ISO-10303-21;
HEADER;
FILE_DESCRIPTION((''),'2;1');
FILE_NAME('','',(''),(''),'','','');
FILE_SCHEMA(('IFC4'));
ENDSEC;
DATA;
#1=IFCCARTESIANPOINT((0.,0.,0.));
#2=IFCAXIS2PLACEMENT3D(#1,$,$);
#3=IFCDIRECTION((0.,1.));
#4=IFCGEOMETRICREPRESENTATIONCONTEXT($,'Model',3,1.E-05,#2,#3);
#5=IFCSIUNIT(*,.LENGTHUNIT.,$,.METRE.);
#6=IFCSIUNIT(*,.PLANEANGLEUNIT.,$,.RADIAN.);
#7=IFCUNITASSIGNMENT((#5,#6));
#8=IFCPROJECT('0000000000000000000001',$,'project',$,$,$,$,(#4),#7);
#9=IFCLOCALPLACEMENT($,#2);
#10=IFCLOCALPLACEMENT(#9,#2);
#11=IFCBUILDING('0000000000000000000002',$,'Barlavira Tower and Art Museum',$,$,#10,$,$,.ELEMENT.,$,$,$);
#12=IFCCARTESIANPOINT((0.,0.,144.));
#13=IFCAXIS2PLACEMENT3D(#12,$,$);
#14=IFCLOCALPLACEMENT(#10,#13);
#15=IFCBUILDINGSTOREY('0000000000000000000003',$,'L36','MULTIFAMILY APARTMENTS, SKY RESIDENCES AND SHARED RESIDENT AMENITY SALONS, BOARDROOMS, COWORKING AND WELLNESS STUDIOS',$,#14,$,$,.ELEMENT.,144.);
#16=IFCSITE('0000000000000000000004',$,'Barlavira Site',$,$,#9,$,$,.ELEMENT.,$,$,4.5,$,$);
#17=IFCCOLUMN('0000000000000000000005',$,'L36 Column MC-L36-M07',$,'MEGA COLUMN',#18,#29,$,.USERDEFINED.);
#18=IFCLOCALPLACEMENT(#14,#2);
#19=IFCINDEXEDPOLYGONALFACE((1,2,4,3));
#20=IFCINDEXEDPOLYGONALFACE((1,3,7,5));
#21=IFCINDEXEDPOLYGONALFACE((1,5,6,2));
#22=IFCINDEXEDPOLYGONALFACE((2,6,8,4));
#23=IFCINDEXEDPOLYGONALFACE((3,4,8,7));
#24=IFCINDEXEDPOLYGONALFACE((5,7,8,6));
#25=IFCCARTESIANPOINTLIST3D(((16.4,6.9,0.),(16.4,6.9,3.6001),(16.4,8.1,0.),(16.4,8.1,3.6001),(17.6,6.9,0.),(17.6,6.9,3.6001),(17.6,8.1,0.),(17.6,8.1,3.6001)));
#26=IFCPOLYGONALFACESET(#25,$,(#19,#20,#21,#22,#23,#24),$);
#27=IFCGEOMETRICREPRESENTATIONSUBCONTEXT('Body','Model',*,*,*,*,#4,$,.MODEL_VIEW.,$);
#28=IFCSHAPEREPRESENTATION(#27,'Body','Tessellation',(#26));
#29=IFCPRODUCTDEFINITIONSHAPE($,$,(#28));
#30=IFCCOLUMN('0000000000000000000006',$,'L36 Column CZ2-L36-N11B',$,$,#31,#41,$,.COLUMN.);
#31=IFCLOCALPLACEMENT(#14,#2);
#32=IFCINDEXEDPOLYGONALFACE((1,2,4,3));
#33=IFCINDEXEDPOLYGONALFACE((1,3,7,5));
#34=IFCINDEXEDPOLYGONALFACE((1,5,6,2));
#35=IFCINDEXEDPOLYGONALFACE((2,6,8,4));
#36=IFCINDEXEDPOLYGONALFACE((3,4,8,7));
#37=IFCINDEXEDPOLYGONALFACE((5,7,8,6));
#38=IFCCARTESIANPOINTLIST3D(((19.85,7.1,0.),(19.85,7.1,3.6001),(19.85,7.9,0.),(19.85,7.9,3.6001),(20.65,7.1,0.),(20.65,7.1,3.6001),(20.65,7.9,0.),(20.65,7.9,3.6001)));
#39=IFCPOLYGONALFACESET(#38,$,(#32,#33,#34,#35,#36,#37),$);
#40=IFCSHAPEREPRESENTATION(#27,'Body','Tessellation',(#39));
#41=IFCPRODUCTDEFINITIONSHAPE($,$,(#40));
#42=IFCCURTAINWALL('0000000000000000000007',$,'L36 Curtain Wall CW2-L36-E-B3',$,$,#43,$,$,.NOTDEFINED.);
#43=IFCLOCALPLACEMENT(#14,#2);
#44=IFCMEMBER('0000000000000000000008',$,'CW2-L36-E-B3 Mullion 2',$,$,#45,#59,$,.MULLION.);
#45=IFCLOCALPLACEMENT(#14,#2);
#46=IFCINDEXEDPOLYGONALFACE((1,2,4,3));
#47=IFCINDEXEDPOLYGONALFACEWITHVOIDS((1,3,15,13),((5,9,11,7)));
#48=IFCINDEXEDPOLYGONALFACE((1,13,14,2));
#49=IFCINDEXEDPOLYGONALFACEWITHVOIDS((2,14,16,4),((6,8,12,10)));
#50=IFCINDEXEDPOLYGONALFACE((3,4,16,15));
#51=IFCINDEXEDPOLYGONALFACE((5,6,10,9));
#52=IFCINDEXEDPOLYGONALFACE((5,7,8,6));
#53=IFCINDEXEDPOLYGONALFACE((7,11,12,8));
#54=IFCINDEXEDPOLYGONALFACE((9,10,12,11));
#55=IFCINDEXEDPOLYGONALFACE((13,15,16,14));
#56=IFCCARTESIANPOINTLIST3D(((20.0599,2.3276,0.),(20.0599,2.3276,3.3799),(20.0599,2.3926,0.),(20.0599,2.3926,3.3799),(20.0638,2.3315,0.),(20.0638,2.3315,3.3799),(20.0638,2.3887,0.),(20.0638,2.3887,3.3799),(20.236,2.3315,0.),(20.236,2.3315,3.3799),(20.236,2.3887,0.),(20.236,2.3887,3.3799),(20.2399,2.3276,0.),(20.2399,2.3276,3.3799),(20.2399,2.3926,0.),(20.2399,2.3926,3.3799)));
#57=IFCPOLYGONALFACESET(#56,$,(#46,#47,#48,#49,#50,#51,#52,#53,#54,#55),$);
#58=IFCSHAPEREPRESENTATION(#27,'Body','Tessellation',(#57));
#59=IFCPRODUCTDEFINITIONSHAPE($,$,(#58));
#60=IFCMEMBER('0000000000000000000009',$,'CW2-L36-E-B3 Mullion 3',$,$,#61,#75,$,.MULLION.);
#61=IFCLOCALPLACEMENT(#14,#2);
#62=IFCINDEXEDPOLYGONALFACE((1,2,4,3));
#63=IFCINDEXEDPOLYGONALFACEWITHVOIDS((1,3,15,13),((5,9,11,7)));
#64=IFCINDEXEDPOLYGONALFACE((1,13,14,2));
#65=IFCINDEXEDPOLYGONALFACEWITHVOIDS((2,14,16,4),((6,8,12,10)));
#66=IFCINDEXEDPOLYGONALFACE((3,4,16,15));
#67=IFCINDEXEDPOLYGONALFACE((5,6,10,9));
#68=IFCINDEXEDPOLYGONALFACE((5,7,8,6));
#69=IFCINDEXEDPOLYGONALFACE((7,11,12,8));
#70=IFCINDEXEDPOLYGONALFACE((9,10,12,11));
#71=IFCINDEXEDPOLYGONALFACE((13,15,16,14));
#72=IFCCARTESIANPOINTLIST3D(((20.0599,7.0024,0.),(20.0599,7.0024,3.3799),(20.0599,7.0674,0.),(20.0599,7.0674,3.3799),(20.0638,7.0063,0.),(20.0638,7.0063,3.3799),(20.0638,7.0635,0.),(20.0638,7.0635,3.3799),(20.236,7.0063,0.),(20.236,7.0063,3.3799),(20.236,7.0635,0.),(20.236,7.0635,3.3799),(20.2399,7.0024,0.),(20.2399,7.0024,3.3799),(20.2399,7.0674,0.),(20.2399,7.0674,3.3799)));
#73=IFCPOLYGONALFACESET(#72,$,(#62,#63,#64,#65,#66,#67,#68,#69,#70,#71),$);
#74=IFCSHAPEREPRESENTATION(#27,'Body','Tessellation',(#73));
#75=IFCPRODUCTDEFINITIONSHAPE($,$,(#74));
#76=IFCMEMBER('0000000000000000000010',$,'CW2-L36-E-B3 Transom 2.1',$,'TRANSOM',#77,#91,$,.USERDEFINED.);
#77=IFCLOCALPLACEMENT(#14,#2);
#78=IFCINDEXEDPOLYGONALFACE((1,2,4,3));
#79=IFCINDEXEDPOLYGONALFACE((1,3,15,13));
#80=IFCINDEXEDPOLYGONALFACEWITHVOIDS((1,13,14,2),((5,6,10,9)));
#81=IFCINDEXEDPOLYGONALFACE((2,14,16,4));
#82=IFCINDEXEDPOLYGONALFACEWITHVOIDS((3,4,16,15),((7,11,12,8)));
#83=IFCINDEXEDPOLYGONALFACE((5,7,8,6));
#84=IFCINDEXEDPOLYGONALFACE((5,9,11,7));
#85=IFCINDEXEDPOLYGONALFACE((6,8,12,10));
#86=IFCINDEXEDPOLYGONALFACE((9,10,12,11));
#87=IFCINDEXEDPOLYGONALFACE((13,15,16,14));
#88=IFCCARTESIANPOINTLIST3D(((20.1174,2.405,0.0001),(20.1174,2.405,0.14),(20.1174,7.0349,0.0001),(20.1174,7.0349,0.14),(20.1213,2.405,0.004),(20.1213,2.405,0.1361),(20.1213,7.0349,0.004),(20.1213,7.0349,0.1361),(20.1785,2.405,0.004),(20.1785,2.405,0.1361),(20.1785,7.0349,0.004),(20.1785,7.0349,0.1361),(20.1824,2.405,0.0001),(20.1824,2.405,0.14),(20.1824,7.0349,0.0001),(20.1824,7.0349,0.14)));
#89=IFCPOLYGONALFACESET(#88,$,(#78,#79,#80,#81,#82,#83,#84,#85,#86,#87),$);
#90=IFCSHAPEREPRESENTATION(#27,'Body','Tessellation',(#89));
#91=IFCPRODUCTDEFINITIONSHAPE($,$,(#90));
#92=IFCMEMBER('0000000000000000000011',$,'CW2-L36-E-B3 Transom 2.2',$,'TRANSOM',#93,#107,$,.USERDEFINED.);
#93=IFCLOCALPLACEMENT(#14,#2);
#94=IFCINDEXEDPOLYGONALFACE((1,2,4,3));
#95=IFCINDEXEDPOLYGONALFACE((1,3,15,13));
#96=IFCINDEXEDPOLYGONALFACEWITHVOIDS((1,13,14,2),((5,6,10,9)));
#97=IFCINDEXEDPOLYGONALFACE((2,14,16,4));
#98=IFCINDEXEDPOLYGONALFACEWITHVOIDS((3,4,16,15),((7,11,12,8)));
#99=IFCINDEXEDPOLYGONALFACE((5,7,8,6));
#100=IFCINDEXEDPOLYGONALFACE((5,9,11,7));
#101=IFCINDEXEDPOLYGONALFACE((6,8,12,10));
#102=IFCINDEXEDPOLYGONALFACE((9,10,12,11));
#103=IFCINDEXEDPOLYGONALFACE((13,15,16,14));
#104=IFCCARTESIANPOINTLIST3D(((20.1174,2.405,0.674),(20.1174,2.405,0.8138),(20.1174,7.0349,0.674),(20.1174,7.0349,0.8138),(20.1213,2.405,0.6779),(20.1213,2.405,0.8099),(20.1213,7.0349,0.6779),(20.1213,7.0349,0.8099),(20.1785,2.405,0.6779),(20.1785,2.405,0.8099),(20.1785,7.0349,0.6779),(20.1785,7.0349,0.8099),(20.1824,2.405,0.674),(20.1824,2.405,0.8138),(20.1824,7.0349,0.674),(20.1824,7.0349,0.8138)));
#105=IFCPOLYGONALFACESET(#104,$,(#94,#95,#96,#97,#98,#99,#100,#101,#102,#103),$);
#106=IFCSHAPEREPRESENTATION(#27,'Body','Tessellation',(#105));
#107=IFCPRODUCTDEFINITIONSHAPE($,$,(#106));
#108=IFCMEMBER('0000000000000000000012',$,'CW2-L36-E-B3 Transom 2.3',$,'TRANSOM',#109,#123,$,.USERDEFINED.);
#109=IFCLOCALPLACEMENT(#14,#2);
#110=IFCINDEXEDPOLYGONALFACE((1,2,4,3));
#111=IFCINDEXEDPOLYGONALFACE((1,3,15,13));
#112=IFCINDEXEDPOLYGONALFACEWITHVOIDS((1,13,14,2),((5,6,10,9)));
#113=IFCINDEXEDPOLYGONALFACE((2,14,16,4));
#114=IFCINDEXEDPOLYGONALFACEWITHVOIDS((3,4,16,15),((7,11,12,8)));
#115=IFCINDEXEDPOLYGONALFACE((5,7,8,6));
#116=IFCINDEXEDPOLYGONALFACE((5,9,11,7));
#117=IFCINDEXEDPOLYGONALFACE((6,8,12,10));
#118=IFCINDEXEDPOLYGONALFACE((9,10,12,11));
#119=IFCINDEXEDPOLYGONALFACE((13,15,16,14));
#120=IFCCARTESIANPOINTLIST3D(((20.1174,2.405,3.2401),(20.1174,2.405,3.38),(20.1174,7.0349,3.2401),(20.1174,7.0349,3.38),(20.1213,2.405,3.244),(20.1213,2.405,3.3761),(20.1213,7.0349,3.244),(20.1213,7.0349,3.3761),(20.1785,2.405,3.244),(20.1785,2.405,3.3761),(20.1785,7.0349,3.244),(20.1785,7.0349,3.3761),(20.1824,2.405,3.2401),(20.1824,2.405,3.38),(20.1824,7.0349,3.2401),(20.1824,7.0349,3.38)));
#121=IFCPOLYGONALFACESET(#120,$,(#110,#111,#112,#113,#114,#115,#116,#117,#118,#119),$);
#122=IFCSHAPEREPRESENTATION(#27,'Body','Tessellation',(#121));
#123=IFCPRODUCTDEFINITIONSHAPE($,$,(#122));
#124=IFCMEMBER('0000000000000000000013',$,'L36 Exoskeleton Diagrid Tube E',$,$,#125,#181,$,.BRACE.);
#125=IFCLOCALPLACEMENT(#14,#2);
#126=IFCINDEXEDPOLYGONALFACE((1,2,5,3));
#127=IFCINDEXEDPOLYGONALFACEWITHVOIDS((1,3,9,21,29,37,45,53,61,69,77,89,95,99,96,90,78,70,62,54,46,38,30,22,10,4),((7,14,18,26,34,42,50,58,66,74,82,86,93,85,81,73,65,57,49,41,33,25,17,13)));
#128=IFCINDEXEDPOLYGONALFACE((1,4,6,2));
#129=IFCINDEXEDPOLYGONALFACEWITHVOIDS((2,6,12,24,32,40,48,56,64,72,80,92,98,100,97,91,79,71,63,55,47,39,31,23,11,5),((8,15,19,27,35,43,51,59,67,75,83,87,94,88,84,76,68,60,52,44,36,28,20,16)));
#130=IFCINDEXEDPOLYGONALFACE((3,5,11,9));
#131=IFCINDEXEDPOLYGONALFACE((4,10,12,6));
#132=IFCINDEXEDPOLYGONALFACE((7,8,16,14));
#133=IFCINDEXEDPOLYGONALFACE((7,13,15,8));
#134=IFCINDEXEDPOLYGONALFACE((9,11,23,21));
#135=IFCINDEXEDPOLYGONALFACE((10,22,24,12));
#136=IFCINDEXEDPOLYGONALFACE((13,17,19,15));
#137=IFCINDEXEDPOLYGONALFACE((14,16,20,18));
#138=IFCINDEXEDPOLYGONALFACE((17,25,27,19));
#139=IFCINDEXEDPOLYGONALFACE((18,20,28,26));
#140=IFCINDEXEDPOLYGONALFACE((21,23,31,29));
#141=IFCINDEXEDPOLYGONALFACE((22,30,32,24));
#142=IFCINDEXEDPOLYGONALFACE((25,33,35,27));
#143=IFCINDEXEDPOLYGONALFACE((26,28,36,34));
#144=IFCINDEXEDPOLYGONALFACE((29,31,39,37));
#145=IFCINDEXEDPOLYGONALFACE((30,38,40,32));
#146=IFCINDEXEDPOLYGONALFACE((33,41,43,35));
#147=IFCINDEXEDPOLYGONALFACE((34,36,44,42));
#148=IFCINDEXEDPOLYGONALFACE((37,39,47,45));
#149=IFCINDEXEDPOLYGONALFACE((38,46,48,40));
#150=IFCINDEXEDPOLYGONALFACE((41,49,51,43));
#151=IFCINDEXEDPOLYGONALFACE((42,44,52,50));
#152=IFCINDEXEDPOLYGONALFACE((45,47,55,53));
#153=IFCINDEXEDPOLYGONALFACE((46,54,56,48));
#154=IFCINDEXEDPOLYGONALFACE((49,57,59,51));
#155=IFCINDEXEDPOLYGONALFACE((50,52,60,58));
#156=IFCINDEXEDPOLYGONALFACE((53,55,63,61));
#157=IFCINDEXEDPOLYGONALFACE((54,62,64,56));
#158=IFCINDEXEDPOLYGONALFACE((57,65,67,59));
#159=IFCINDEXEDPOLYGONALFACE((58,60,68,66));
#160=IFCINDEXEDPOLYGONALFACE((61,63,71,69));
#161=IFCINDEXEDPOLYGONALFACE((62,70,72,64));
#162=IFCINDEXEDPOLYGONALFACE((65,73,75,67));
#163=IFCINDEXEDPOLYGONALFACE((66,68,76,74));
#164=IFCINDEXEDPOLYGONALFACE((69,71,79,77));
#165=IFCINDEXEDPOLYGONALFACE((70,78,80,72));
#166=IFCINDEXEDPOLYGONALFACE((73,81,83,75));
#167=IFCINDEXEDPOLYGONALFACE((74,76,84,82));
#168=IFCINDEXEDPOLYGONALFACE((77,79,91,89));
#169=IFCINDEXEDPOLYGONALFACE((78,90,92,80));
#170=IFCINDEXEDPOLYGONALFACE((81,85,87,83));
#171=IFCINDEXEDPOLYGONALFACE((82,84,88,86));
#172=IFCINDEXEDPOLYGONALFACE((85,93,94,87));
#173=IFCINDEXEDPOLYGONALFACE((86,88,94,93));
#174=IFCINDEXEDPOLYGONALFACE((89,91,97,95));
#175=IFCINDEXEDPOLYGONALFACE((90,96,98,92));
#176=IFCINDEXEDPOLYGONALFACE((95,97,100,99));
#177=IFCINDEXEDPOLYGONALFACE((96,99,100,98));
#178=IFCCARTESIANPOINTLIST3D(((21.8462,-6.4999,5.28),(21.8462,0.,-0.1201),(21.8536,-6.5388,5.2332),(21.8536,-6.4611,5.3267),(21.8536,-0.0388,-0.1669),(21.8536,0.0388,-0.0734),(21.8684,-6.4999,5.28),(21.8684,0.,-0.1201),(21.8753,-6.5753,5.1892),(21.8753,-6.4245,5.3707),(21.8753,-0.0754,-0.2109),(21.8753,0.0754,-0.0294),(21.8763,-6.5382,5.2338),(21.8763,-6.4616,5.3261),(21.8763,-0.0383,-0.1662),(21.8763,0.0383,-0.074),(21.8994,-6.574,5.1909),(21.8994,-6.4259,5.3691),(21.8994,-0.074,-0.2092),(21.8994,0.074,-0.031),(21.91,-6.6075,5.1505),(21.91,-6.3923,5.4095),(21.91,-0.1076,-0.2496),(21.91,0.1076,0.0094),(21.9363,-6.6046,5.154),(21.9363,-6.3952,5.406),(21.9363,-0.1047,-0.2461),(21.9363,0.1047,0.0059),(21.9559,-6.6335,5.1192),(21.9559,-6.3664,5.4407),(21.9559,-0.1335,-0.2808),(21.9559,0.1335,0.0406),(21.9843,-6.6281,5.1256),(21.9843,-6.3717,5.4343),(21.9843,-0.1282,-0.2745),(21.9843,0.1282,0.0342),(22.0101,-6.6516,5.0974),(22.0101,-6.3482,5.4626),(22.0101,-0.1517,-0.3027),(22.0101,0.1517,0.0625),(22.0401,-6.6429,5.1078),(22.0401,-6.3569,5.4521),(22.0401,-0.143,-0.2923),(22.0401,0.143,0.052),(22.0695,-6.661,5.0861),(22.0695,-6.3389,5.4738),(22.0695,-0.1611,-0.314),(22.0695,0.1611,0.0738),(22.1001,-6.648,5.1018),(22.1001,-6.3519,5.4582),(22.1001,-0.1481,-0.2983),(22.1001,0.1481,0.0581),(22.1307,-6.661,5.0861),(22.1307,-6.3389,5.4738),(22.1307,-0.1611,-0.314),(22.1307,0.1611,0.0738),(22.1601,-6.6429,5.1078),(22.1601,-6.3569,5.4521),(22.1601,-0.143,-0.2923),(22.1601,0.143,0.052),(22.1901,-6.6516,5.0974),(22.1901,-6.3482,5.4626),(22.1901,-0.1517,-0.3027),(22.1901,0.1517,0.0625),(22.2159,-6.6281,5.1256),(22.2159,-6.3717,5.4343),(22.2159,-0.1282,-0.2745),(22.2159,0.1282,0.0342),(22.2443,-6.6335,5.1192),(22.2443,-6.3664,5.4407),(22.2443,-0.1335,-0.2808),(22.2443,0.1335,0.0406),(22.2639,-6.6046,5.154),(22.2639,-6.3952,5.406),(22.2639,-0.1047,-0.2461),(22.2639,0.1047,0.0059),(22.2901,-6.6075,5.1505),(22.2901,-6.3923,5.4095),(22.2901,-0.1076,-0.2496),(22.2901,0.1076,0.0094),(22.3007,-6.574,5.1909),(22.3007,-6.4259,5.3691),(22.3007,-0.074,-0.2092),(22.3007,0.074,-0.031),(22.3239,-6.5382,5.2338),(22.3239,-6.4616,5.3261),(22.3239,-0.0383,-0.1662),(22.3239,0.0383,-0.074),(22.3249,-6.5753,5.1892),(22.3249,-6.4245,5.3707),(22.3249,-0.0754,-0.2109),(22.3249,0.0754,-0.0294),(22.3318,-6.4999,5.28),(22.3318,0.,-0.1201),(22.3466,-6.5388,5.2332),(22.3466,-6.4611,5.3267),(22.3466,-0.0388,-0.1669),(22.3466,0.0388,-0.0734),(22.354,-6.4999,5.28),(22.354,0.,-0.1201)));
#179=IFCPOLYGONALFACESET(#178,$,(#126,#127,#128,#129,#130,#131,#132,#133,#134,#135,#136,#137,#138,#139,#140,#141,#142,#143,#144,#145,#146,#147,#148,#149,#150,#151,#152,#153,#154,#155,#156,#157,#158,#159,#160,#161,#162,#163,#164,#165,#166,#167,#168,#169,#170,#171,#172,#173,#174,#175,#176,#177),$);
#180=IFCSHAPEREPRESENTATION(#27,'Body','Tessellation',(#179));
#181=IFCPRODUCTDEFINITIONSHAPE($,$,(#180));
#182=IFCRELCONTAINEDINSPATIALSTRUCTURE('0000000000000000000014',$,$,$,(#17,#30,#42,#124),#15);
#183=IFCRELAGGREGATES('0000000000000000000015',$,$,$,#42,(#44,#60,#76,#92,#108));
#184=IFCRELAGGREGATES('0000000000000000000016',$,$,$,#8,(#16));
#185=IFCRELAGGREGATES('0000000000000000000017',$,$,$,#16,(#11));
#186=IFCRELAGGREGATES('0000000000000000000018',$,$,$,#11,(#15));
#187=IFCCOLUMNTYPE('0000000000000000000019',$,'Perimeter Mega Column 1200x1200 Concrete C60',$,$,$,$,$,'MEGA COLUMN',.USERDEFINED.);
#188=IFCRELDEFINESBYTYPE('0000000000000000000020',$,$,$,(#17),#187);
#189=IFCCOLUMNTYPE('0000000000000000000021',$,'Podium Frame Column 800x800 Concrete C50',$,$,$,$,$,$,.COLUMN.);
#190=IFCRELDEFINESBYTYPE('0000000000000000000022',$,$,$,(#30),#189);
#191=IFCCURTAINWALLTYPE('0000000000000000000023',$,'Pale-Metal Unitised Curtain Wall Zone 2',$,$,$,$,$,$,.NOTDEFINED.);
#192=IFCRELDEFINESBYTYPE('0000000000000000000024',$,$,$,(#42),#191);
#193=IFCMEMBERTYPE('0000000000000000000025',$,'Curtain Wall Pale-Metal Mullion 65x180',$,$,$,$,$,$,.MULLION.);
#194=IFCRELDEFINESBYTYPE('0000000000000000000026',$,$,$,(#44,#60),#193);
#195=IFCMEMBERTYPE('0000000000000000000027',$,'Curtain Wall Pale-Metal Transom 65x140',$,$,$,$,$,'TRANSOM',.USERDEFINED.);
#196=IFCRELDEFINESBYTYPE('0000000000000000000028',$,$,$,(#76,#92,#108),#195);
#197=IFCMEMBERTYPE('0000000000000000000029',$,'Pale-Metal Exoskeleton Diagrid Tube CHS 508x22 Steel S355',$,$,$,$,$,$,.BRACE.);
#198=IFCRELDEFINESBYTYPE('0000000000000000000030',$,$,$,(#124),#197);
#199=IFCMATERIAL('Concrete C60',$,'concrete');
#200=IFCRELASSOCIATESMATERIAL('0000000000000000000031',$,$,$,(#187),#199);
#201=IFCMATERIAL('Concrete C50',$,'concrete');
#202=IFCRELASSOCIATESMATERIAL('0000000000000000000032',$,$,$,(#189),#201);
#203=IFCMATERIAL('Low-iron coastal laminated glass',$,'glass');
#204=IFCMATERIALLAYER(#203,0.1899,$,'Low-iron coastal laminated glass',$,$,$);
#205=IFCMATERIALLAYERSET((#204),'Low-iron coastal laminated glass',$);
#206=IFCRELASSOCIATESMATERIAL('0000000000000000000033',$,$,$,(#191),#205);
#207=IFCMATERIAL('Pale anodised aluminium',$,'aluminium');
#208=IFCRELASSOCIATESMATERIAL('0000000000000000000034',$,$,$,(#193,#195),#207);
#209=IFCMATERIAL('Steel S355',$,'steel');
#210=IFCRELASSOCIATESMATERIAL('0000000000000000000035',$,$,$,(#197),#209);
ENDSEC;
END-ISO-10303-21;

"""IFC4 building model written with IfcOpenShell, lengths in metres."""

from ifc_helpers import new_model, si_unit, direction, frame, origin, origin_2d, place, context, subcontext, project, spatial, rectangle, hollow_rectangle, hollow_circle, extrude, material, layer, layer_set, material_profile, profile_set, type_object, element, aggregate, save


model = new_model("IFC4")

# Units and contexts
model_context = context("Model", 3, precision=1e-05, world=origin(), true_north=direction((0.0, 1.0)))
body_context = subcontext(model_context, "Body", "Model", "MODEL_VIEW")
ifc_project = project(units=[si_unit("LENGTHUNIT", "METRE"), si_unit("PLANEANGLEUNIT", "RADIAN")], contexts=[model_context])

# Site, building, storey
site_placement = place(None, origin())
site = spatial("IfcSite", under=ifc_project, at=site_placement, Name="Barlavira Site", CompositionType="ELEMENT", RefElevation=4.5)
building_placement = place(site_placement, origin())
building = spatial("IfcBuilding", under=site, at=building_placement, Name="Barlavira Tower and Art Museum", CompositionType="ELEMENT")
storey_placement = place(building_placement, frame((0.0, 0.0, 144.0)))
storey = spatial("IfcBuildingStorey", under=building, at=storey_placement, Name="L36", Description="MULTIFAMILY APARTMENTS, SKY RESIDENCES AND SHARED RESIDENT AMENITY SALONS, BOARDROOMS, COWORKING AND WELLNESS STUDIOS", CompositionType="ELEMENT", Elevation=144.0)

# Columns
ifc_material_1 = material(Name="Concrete C60", Category="concrete")
ifc_material_profile_1 = material_profile(ifc_material_1, rectangle(XDim=1.2, YDim=1.2, at=origin_2d()), Name="RC-COL 1200x1200")
ifc_profile_set_1 = profile_set([ifc_material_profile_1], Name="Concrete C60")
column_type_1 = type_object("IfcColumnType", Name="Perimeter Mega Column 1200x1200 Concrete C60", ElementType="MEGA COLUMN", PredefinedType="USERDEFINED", material=ifc_profile_set_1)
column_1_placement = place(storey_placement, frame((17.0, 7.5, 0.0), z_axis=(0.0, 0.0, 1.0), x_axis=(1.0, 0.0, 0.0)))
element("IfcColumn", 1, at=column_1_placement, inside=storey, type_object=column_type_1, Name="L36 Column MC-L36-M07", ObjectType="MEGA COLUMN", PredefinedType="USERDEFINED", context=body_context, shape_type="SweptSolid", body=[
    extrude(rectangle(XDim=1.2, YDim=1.2, at=origin_2d()), origin(), (0.0, 0.0, 1.0), 3.6001),
])
ifc_material_2 = material(Name="Concrete C50", Category="concrete")
ifc_material_profile_2 = material_profile(ifc_material_2, rectangle(XDim=0.8, YDim=0.8, at=origin_2d()), Name="RC-COL 800x800")
ifc_profile_set_2 = profile_set([ifc_material_profile_2], Name="Concrete C50")
column_type_2 = type_object("IfcColumnType", Name="Podium Frame Column 800x800 Concrete C50", PredefinedType="COLUMN", material=ifc_profile_set_2)
column_2_placement = place(storey_placement, frame((20.25, 7.5, 0.0), z_axis=(0.0, 0.0, 1.0), x_axis=(1.0, 0.0, 0.0)))
element("IfcColumn", 2, at=column_2_placement, inside=storey, type_object=column_type_2, Name="L36 Column CZ2-L36-N11B", PredefinedType="COLUMN", context=body_context, shape_type="SweptSolid", body=[
    extrude(rectangle(XDim=0.8, YDim=0.8, at=origin_2d()), origin(), (0.0, 0.0, 1.0), 3.6001),
])

# Curtain wall, members
ifc_material_3 = material(Name="Low-iron coastal laminated glass", Category="glass")
ifc_layer_1 = layer(ifc_material_3, 0.1899, Name="Low-iron coastal laminated glass")
ifc_layer_set_1 = layer_set([ifc_layer_1], Name="Low-iron coastal laminated glass")
curtain_wall_type = type_object("IfcCurtainWallType", Name="Pale-Metal Unitised Curtain Wall Zone 2", PredefinedType="NOTDEFINED", material=ifc_layer_set_1)
curtain_wall_placement = place(storey_placement, origin())
curtain_wall = element("IfcCurtainWall", 3, at=curtain_wall_placement, inside=storey, type_object=curtain_wall_type, Name="L36 Curtain Wall CW2-L36-E-B3", PredefinedType="NOTDEFINED")
ifc_material_4 = material(Name="Pale anodised aluminium", Category="aluminium")
ifc_material_profile_3 = material_profile(ifc_material_4, hollow_rectangle(XDim=0.0649, YDim=0.1799, WallThickness=0.0039, at=origin_2d()), Name="ALU-MULL 65x180x4")
ifc_profile_set_3 = profile_set([ifc_material_profile_3], Name="Pale anodised aluminium")
member_type_1 = type_object("IfcMemberType", Name="Curtain Wall Pale-Metal Mullion 65x180", PredefinedType="MULLION", material=ifc_profile_set_3)
member_1_placement = place(storey_placement, frame((20.1499, 2.3601, 0.0), z_axis=(0.0, 0.0, 1.0), x_axis=(0.0, 1.0, 0.0)))
member_1 = element("IfcMember", 4, at=member_1_placement, type_object=member_type_1, Name="CW2-L36-E-B3 Mullion 2", PredefinedType="MULLION", context=body_context, shape_type="SweptSolid", body=[
    extrude(hollow_rectangle(XDim=0.0649, YDim=0.1799, WallThickness=0.0039, at=origin_2d()), origin(), (0.0, 0.0, 1.0), 3.3799),
])
member_2_placement = place(storey_placement, frame((20.1499, 7.0349, 0.0), z_axis=(0.0, 0.0, 1.0), x_axis=(0.0, 1.0, 0.0)))
member_2 = element("IfcMember", 5, at=member_2_placement, type_object=member_type_1, Name="CW2-L36-E-B3 Mullion 3", PredefinedType="MULLION", context=body_context, shape_type="SweptSolid", body=[
    extrude(hollow_rectangle(XDim=0.0649, YDim=0.1799, WallThickness=0.0039, at=origin_2d()), origin(), (0.0, 0.0, 1.0), 3.3799),
])
ifc_material_profile_4 = material_profile(ifc_material_4, hollow_rectangle(XDim=0.0649, YDim=0.1399, WallThickness=0.0039, at=origin_2d()), Name="ALU-TRAN 65x140x4")
ifc_profile_set_4 = profile_set([ifc_material_profile_4], Name="Pale anodised aluminium")
member_type_2 = type_object("IfcMemberType", Name="Curtain Wall Pale-Metal Transom 65x140", ElementType="TRANSOM", PredefinedType="USERDEFINED", material=ifc_profile_set_4)
member_3_placement = place(storey_placement, frame((20.1499, 2.405, 0.0701), z_axis=(0.0, 1.0, 0.0), x_axis=(-1.0, 0.0, 0.0)))
member_3 = element("IfcMember", 6, at=member_3_placement, type_object=member_type_2, Name="CW2-L36-E-B3 Transom 2.1", ObjectType="TRANSOM", PredefinedType="USERDEFINED", context=body_context, shape_type="SweptSolid", body=[
    extrude(hollow_rectangle(XDim=0.0649, YDim=0.1399, WallThickness=0.0039, at=origin_2d()), origin(), (0.0, 0.0, 1.0), 4.6299),
])
member_4_placement = place(storey_placement, frame((20.1499, 2.405, 0.7439), z_axis=(0.0, 1.0, 0.0), x_axis=(-1.0, 0.0, 0.0)))
member_4 = element("IfcMember", 7, at=member_4_placement, type_object=member_type_2, Name="CW2-L36-E-B3 Transom 2.2", ObjectType="TRANSOM", PredefinedType="USERDEFINED", context=body_context, shape_type="SweptSolid", body=[
    extrude(hollow_rectangle(XDim=0.0649, YDim=0.1399, WallThickness=0.0039, at=origin_2d()), origin(), (0.0, 0.0, 1.0), 4.6299),
])
member_5_placement = place(storey_placement, frame((20.1499, 2.405, 3.3101), z_axis=(0.0, 1.0, 0.0), x_axis=(-1.0, 0.0, 0.0)))
member_5 = element("IfcMember", 8, at=member_5_placement, type_object=member_type_2, Name="CW2-L36-E-B3 Transom 2.3", ObjectType="TRANSOM", PredefinedType="USERDEFINED", context=body_context, shape_type="SweptSolid", body=[
    extrude(hollow_rectangle(XDim=0.0649, YDim=0.1399, WallThickness=0.0039, at=origin_2d()), origin(), (0.0, 0.0, 1.0), 4.6299),
])

# Member
ifc_material_5 = material(Name="Steel S355", Category="steel")
ifc_material_profile_5 = material_profile(ifc_material_5, hollow_circle(Radius=0.2539, WallThickness=0.0222, at=origin_2d()), Name="CHS 508.0x22.2")
ifc_profile_set_5 = profile_set([ifc_material_profile_5], Name="Steel S355")
member_type_3 = type_object("IfcMemberType", Name="Pale-Metal Exoskeleton Diagrid Tube CHS 508x22 Steel S355", PredefinedType="BRACE", material=ifc_profile_set_5)
for number, where, z_axis, x_axis, name in (
    (9, (22.1001, 0.0, -0.1201), (0.0, -0.769182, 0.63903), (1.0, 0.0, 0.0), "L36 Exoskeleton Diagrid Tube E"),
):
    element("IfcMember", number, at=place(storey_placement, frame(where, z_axis=z_axis, x_axis=x_axis)), inside=storey, type_object=member_type_3, Name=name, PredefinedType="BRACE", context=body_context, shape_type="SweptSolid", body=[
        extrude(hollow_circle(Radius=0.2539, WallThickness=0.0222, at=origin_2d()), origin(), (0.0, 0.0, 1.0), 8.4504),
    ])

aggregate(curtain_wall, [member_1, member_2, member_3, member_4, member_5])

save(model, "model.ifc")
